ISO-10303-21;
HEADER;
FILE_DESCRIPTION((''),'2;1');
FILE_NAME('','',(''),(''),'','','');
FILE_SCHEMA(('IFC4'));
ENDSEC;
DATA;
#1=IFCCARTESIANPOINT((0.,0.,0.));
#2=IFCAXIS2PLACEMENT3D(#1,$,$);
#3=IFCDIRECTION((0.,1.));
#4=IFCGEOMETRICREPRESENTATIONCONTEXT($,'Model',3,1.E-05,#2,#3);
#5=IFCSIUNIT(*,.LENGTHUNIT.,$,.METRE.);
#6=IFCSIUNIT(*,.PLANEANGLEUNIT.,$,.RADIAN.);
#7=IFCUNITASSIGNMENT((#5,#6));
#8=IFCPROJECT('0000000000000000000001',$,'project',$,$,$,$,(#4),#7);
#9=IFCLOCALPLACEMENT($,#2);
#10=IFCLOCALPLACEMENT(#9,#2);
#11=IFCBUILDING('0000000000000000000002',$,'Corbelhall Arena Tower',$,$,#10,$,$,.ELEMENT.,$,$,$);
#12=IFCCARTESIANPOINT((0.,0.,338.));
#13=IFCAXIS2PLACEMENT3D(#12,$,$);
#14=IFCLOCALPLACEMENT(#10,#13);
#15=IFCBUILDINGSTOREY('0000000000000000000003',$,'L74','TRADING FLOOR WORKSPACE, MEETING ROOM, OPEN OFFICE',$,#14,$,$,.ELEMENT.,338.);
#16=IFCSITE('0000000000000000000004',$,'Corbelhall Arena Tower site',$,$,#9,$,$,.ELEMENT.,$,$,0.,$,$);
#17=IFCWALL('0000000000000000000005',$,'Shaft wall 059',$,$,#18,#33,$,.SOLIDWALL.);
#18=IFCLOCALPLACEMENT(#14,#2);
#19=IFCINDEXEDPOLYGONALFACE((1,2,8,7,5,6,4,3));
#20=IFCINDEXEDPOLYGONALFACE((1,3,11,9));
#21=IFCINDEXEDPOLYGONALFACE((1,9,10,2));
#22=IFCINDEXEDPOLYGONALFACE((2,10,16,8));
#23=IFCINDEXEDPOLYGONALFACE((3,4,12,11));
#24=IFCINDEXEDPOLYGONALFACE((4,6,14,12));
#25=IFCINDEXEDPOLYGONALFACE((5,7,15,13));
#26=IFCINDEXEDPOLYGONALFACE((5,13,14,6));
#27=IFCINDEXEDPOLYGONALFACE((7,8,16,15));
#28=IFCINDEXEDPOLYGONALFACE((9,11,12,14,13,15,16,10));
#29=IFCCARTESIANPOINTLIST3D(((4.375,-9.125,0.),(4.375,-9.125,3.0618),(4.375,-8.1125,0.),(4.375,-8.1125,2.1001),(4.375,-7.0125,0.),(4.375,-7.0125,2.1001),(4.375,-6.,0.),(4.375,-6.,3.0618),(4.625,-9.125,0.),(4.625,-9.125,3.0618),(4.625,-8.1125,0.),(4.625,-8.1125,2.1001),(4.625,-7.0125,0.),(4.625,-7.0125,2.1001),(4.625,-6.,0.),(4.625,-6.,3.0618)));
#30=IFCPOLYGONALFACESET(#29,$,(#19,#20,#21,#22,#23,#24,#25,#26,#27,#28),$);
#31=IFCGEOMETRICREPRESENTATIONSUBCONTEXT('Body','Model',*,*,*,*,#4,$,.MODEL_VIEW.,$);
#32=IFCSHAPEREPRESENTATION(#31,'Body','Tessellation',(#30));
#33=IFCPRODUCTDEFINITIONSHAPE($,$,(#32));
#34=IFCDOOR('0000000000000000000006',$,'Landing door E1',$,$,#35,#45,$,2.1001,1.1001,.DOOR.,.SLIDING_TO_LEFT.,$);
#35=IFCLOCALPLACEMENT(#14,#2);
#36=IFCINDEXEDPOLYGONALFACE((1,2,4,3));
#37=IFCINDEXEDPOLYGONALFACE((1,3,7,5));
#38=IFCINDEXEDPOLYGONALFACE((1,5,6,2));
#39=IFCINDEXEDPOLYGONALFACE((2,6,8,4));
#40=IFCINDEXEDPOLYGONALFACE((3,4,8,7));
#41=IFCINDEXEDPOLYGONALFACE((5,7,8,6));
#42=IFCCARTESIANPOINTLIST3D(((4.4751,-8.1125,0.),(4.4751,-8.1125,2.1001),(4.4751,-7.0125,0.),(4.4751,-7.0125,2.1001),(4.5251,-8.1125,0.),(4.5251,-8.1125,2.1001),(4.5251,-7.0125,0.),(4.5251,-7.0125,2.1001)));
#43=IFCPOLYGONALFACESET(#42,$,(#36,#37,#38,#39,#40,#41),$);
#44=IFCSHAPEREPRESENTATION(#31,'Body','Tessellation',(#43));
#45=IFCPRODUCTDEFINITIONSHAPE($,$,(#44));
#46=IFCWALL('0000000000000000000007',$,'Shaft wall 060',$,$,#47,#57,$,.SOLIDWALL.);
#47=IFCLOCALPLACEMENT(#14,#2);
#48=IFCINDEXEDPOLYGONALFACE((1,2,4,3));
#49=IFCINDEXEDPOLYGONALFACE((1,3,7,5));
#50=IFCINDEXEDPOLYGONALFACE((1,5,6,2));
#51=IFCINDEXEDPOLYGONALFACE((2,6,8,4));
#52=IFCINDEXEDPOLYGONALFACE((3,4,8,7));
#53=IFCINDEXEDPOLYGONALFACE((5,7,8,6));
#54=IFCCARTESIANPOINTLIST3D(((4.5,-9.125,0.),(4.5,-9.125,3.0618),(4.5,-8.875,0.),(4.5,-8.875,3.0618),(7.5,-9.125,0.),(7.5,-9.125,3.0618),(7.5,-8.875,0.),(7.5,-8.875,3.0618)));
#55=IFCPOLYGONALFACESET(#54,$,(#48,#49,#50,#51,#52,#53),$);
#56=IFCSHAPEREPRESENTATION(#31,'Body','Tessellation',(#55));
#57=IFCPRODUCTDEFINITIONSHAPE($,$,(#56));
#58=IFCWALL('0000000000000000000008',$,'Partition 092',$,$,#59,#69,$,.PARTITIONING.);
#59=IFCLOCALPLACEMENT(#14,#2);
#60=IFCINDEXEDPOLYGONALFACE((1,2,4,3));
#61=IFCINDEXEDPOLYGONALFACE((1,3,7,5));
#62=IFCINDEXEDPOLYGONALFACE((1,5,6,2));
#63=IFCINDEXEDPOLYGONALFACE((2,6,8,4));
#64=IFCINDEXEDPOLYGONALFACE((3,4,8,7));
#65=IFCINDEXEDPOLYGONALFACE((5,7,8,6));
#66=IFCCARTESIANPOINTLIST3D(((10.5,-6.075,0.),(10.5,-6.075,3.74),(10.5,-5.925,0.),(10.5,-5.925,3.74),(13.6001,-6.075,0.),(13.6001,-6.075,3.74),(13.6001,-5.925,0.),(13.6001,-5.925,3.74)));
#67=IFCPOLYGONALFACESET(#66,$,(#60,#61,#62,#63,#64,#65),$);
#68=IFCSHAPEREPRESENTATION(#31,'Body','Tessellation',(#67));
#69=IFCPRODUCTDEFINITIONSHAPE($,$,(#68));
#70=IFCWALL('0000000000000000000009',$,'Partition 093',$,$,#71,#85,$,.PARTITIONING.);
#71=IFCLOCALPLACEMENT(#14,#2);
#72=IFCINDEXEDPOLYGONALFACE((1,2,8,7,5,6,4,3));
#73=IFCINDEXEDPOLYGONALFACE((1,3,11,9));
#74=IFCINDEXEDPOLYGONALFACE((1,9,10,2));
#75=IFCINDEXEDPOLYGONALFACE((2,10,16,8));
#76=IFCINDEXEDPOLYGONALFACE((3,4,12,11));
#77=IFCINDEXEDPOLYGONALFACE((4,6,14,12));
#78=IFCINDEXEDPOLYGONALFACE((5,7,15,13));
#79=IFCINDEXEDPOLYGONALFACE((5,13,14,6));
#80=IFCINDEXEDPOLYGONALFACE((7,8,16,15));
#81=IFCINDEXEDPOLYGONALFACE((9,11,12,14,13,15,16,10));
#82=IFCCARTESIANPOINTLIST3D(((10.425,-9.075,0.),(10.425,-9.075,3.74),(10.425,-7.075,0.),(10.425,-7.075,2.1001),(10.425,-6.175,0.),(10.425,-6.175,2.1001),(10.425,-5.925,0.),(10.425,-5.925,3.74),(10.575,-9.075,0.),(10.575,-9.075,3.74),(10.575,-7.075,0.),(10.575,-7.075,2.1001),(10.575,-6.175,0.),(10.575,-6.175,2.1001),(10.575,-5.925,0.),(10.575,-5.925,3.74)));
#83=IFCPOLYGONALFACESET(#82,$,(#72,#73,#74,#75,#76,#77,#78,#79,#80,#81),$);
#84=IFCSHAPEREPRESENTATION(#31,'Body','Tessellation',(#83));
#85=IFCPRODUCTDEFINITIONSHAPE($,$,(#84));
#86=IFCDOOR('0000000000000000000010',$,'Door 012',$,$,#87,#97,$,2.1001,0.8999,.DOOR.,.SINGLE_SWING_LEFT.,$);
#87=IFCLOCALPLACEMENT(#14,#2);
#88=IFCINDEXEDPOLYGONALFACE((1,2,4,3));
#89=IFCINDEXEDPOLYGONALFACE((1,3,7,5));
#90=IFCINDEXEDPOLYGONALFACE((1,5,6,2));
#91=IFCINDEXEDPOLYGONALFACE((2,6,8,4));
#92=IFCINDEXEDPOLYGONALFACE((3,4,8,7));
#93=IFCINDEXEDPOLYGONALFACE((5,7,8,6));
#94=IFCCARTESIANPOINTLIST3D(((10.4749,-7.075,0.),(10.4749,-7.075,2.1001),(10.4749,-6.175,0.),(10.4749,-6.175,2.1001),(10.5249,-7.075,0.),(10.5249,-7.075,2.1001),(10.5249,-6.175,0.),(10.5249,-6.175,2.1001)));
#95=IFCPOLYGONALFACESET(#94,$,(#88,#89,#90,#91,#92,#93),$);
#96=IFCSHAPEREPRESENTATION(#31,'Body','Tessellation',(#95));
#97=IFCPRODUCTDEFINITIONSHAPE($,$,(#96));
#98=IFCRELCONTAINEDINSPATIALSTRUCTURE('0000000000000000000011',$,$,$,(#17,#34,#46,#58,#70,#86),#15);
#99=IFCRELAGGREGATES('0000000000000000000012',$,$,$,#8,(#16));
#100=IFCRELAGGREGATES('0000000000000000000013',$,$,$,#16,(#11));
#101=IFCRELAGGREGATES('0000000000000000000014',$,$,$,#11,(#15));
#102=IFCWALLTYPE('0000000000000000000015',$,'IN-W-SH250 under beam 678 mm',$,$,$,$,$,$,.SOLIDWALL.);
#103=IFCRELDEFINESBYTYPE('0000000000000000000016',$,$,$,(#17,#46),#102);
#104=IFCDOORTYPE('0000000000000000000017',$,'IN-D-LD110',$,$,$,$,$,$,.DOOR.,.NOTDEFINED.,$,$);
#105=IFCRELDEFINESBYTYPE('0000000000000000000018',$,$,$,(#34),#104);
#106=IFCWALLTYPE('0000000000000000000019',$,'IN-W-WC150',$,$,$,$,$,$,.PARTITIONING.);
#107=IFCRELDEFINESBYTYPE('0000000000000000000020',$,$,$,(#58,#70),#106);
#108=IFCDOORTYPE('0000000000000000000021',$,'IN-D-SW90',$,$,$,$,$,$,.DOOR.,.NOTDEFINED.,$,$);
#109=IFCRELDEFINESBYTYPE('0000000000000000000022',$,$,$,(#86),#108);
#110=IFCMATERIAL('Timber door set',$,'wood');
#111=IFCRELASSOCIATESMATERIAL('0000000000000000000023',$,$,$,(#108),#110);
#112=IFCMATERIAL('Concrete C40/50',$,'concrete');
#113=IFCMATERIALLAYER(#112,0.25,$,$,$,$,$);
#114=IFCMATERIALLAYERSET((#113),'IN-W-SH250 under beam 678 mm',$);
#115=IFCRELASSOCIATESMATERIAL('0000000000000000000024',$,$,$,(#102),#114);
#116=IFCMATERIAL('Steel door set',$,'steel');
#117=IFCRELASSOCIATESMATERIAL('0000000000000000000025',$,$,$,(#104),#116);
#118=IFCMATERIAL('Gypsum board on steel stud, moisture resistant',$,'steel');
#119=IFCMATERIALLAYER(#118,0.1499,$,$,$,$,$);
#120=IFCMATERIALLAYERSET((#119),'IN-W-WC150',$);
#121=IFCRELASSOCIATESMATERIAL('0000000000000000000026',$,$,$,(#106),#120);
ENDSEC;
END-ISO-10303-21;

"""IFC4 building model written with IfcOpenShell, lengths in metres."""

from ifc_helpers import new_model, si_unit, direction, frame, frame_2d, origin, place, context, subcontext, project, spatial, rectangle, extrude, material, layer, layer_set, type_object, element, fill, save


model = new_model("IFC4")

# Units and contexts
model_context = context("Model", 3, precision=1e-05, world=origin(), true_north=direction((0.0, 1.0)))
body_context = subcontext(model_context, "Body", "Model", "MODEL_VIEW")
ifc_project = project(units=[si_unit("LENGTHUNIT", "METRE"), si_unit("PLANEANGLEUNIT", "RADIAN")], contexts=[model_context])

# Site, building, storey
site_placement = place(None, origin())
site = spatial("IfcSite", under=ifc_project, at=site_placement, Name="Corbelhall Arena Tower site", CompositionType="ELEMENT", RefElevation=0.0)
building_placement = place(site_placement, origin())
building = spatial("IfcBuilding", under=site, at=building_placement, Name="Corbelhall Arena Tower", CompositionType="ELEMENT")
storey_placement = place(building_placement, frame((0.0, 0.0, 338.0)))
storey = spatial("IfcBuildingStorey", under=building, at=storey_placement, Name="L74", Description="TRADING FLOOR WORKSPACE, MEETING ROOM, OPEN OFFICE", CompositionType="ELEMENT", Elevation=338.0)

# Shared definitions
ifc_material_1 = material(Name="Concrete C40/50", Category="concrete")

# Shared definitions
ifc_material_2 = material(Name="Timber door set", Category="wood")
door_type_1 = type_object("IfcDoorType", Name="IN-D-SW90", OperationType="NOTDEFINED", PredefinedType="DOOR", material=ifc_material_2)

# Shared definitions
ifc_material_3 = material(Name="Steel door set", Category="steel")

# Wall, opening, door
ifc_layer_1 = layer(ifc_material_1, 0.25)
ifc_layer_set_1 = layer_set([ifc_layer_1], Name="IN-W-SH250 under beam 678 mm")
wall_type_1 = type_object("IfcWallType", Name="IN-W-SH250 under beam 678 mm", PredefinedType="SOLIDWALL", material=ifc_layer_set_1)
wall_1_placement = place(storey_placement, frame((4.5, -9.125, 0.0), z_axis=(0.0, 0.0, 1.0), x_axis=(0.0, 1.0, 0.0)))
wall_1 = element("IfcWall", 1, at=wall_1_placement, inside=storey, type_object=wall_type_1, Name="Shaft wall 059", PredefinedType="SOLIDWALL", context=body_context, shape_type="SweptSolid", body=[
    extrude(rectangle(XDim=3.125, YDim=0.25, at=frame_2d((1.5625, 0.0))), origin(), (0.0, 0.0, 1.0), 3.0618),
])
opening_1_placement = place(wall_1_placement, frame((1.0125, 0.0, 0.0)))
opening_1 = element("IfcOpeningElement", 2, at=opening_1_placement, cuts=wall_1, PredefinedType="OPENING", context=body_context, shape_type="SweptSolid", body=[
    extrude(rectangle(XDim=1.1001, YDim=2.1001, at=frame_2d((0.55, 1.05))), frame((0.0, 0.125, 0.0), z_axis=(0.0, -1.0, 0.0), x_axis=(1.0, 0.0, 0.0)), (0.0, 0.0, 1.0), 0.25),
])
door_type_2 = type_object("IfcDoorType", Name="IN-D-LD110", OperationType="NOTDEFINED", PredefinedType="DOOR", material=ifc_material_3)
door_1_placement = place(opening_1_placement, origin())
door_1 = element("IfcDoor", 3, at=door_1_placement, inside=storey, type_object=door_type_2, Name="Landing door E1", OperationType="SLIDING_TO_LEFT", OverallHeight=2.1001, OverallWidth=1.1001, PredefinedType="DOOR", context=body_context, shape_type="SweptSolid", body=[
    extrude(rectangle(XDim=1.1001, YDim=2.1001, at=frame_2d((0.55, 1.05))), frame((0.0, 0.0249, 0.0), z_axis=(0.0, -1.0, 0.0), x_axis=(1.0, 0.0, 0.0)), (0.0, 0.0, 1.0), 0.05),
])
fill(opening_1, door_1)

# Walls
wall_2_placement = place(storey_placement, frame((7.5, -9.0, 0.0), z_axis=(0.0, 0.0, 1.0), x_axis=(-1.0, 0.0, 0.0)))
element("IfcWall", 4, at=wall_2_placement, inside=storey, type_object=wall_type_1, Name="Shaft wall 060", PredefinedType="SOLIDWALL", context=body_context, shape_type="SweptSolid", body=[
    extrude(rectangle(XDim=3.0, YDim=0.25, at=frame_2d((1.5, 0.0))), origin(), (0.0, 0.0, 1.0), 3.0618),
])
ifc_material_4 = material(Name="Gypsum board on steel stud, moisture resistant", Category="steel")
ifc_layer_2 = layer(ifc_material_4, 0.1499)
ifc_layer_set_2 = layer_set([ifc_layer_2], Name="IN-W-WC150")
wall_type_2 = type_object("IfcWallType", Name="IN-W-WC150", PredefinedType="PARTITIONING", material=ifc_layer_set_2)
wall_3_placement = place(storey_placement, frame((10.5, -6.0, 0.0), z_axis=(0.0, 0.0, 1.0), x_axis=(1.0, 0.0, 0.0)))
element("IfcWall", 5, at=wall_3_placement, inside=storey, type_object=wall_type_2, Name="Partition 092", PredefinedType="PARTITIONING", context=body_context, shape_type="SweptSolid", body=[
    extrude(rectangle(XDim=3.1001, YDim=0.1499, at=frame_2d((1.55, 0.0))), origin(), (0.0, 0.0, 1.0), 3.74),
])

# Wall, opening, door
wall_4_placement = place(storey_placement, frame((10.5, -5.925, 0.0), z_axis=(0.0, 0.0, 1.0), x_axis=(0.0, -1.0, 0.0)))
wall_4 = element("IfcWall", 6, at=wall_4_placement, inside=storey, type_object=wall_type_2, Name="Partition 093", PredefinedType="PARTITIONING", context=body_context, shape_type="SweptSolid", body=[
    extrude(rectangle(XDim=3.1499, YDim=0.1499, at=frame_2d((1.575, 0.0))), origin(), (0.0, 0.0, 1.0), 3.74),
])
opening_2_placement = place(wall_4_placement, frame((0.25, 0.0, 0.0)))
opening_2 = element("IfcOpeningElement", 7, at=opening_2_placement, cuts=wall_4, PredefinedType="OPENING", context=body_context, shape_type="SweptSolid", body=[
    extrude(rectangle(XDim=0.8999, YDim=2.1001, at=frame_2d((0.45, 1.05))), frame((0.0, 0.075, 0.0), z_axis=(0.0, -1.0, 0.0), x_axis=(1.0, 0.0, 0.0)), (0.0, 0.0, 1.0), 0.1499),
])
door_2_placement = place(opening_2_placement, origin())
door_2 = element("IfcDoor", 8, at=door_2_placement, inside=storey, type_object=door_type_1, Name="Door 012", OperationType="SINGLE_SWING_LEFT", OverallHeight=2.1001, OverallWidth=0.8999, PredefinedType="DOOR", context=body_context, shape_type="SweptSolid", body=[
    extrude(rectangle(XDim=0.8999, YDim=2.1001, at=frame_2d((0.45, 1.05))), frame((0.0, 0.0249, 0.0), z_axis=(0.0, -1.0, 0.0), x_axis=(1.0, 0.0, 0.0)), (0.0, 0.0, 1.0), 0.05),
])
fill(opening_2, door_2)

save(model, "model.ifc")
